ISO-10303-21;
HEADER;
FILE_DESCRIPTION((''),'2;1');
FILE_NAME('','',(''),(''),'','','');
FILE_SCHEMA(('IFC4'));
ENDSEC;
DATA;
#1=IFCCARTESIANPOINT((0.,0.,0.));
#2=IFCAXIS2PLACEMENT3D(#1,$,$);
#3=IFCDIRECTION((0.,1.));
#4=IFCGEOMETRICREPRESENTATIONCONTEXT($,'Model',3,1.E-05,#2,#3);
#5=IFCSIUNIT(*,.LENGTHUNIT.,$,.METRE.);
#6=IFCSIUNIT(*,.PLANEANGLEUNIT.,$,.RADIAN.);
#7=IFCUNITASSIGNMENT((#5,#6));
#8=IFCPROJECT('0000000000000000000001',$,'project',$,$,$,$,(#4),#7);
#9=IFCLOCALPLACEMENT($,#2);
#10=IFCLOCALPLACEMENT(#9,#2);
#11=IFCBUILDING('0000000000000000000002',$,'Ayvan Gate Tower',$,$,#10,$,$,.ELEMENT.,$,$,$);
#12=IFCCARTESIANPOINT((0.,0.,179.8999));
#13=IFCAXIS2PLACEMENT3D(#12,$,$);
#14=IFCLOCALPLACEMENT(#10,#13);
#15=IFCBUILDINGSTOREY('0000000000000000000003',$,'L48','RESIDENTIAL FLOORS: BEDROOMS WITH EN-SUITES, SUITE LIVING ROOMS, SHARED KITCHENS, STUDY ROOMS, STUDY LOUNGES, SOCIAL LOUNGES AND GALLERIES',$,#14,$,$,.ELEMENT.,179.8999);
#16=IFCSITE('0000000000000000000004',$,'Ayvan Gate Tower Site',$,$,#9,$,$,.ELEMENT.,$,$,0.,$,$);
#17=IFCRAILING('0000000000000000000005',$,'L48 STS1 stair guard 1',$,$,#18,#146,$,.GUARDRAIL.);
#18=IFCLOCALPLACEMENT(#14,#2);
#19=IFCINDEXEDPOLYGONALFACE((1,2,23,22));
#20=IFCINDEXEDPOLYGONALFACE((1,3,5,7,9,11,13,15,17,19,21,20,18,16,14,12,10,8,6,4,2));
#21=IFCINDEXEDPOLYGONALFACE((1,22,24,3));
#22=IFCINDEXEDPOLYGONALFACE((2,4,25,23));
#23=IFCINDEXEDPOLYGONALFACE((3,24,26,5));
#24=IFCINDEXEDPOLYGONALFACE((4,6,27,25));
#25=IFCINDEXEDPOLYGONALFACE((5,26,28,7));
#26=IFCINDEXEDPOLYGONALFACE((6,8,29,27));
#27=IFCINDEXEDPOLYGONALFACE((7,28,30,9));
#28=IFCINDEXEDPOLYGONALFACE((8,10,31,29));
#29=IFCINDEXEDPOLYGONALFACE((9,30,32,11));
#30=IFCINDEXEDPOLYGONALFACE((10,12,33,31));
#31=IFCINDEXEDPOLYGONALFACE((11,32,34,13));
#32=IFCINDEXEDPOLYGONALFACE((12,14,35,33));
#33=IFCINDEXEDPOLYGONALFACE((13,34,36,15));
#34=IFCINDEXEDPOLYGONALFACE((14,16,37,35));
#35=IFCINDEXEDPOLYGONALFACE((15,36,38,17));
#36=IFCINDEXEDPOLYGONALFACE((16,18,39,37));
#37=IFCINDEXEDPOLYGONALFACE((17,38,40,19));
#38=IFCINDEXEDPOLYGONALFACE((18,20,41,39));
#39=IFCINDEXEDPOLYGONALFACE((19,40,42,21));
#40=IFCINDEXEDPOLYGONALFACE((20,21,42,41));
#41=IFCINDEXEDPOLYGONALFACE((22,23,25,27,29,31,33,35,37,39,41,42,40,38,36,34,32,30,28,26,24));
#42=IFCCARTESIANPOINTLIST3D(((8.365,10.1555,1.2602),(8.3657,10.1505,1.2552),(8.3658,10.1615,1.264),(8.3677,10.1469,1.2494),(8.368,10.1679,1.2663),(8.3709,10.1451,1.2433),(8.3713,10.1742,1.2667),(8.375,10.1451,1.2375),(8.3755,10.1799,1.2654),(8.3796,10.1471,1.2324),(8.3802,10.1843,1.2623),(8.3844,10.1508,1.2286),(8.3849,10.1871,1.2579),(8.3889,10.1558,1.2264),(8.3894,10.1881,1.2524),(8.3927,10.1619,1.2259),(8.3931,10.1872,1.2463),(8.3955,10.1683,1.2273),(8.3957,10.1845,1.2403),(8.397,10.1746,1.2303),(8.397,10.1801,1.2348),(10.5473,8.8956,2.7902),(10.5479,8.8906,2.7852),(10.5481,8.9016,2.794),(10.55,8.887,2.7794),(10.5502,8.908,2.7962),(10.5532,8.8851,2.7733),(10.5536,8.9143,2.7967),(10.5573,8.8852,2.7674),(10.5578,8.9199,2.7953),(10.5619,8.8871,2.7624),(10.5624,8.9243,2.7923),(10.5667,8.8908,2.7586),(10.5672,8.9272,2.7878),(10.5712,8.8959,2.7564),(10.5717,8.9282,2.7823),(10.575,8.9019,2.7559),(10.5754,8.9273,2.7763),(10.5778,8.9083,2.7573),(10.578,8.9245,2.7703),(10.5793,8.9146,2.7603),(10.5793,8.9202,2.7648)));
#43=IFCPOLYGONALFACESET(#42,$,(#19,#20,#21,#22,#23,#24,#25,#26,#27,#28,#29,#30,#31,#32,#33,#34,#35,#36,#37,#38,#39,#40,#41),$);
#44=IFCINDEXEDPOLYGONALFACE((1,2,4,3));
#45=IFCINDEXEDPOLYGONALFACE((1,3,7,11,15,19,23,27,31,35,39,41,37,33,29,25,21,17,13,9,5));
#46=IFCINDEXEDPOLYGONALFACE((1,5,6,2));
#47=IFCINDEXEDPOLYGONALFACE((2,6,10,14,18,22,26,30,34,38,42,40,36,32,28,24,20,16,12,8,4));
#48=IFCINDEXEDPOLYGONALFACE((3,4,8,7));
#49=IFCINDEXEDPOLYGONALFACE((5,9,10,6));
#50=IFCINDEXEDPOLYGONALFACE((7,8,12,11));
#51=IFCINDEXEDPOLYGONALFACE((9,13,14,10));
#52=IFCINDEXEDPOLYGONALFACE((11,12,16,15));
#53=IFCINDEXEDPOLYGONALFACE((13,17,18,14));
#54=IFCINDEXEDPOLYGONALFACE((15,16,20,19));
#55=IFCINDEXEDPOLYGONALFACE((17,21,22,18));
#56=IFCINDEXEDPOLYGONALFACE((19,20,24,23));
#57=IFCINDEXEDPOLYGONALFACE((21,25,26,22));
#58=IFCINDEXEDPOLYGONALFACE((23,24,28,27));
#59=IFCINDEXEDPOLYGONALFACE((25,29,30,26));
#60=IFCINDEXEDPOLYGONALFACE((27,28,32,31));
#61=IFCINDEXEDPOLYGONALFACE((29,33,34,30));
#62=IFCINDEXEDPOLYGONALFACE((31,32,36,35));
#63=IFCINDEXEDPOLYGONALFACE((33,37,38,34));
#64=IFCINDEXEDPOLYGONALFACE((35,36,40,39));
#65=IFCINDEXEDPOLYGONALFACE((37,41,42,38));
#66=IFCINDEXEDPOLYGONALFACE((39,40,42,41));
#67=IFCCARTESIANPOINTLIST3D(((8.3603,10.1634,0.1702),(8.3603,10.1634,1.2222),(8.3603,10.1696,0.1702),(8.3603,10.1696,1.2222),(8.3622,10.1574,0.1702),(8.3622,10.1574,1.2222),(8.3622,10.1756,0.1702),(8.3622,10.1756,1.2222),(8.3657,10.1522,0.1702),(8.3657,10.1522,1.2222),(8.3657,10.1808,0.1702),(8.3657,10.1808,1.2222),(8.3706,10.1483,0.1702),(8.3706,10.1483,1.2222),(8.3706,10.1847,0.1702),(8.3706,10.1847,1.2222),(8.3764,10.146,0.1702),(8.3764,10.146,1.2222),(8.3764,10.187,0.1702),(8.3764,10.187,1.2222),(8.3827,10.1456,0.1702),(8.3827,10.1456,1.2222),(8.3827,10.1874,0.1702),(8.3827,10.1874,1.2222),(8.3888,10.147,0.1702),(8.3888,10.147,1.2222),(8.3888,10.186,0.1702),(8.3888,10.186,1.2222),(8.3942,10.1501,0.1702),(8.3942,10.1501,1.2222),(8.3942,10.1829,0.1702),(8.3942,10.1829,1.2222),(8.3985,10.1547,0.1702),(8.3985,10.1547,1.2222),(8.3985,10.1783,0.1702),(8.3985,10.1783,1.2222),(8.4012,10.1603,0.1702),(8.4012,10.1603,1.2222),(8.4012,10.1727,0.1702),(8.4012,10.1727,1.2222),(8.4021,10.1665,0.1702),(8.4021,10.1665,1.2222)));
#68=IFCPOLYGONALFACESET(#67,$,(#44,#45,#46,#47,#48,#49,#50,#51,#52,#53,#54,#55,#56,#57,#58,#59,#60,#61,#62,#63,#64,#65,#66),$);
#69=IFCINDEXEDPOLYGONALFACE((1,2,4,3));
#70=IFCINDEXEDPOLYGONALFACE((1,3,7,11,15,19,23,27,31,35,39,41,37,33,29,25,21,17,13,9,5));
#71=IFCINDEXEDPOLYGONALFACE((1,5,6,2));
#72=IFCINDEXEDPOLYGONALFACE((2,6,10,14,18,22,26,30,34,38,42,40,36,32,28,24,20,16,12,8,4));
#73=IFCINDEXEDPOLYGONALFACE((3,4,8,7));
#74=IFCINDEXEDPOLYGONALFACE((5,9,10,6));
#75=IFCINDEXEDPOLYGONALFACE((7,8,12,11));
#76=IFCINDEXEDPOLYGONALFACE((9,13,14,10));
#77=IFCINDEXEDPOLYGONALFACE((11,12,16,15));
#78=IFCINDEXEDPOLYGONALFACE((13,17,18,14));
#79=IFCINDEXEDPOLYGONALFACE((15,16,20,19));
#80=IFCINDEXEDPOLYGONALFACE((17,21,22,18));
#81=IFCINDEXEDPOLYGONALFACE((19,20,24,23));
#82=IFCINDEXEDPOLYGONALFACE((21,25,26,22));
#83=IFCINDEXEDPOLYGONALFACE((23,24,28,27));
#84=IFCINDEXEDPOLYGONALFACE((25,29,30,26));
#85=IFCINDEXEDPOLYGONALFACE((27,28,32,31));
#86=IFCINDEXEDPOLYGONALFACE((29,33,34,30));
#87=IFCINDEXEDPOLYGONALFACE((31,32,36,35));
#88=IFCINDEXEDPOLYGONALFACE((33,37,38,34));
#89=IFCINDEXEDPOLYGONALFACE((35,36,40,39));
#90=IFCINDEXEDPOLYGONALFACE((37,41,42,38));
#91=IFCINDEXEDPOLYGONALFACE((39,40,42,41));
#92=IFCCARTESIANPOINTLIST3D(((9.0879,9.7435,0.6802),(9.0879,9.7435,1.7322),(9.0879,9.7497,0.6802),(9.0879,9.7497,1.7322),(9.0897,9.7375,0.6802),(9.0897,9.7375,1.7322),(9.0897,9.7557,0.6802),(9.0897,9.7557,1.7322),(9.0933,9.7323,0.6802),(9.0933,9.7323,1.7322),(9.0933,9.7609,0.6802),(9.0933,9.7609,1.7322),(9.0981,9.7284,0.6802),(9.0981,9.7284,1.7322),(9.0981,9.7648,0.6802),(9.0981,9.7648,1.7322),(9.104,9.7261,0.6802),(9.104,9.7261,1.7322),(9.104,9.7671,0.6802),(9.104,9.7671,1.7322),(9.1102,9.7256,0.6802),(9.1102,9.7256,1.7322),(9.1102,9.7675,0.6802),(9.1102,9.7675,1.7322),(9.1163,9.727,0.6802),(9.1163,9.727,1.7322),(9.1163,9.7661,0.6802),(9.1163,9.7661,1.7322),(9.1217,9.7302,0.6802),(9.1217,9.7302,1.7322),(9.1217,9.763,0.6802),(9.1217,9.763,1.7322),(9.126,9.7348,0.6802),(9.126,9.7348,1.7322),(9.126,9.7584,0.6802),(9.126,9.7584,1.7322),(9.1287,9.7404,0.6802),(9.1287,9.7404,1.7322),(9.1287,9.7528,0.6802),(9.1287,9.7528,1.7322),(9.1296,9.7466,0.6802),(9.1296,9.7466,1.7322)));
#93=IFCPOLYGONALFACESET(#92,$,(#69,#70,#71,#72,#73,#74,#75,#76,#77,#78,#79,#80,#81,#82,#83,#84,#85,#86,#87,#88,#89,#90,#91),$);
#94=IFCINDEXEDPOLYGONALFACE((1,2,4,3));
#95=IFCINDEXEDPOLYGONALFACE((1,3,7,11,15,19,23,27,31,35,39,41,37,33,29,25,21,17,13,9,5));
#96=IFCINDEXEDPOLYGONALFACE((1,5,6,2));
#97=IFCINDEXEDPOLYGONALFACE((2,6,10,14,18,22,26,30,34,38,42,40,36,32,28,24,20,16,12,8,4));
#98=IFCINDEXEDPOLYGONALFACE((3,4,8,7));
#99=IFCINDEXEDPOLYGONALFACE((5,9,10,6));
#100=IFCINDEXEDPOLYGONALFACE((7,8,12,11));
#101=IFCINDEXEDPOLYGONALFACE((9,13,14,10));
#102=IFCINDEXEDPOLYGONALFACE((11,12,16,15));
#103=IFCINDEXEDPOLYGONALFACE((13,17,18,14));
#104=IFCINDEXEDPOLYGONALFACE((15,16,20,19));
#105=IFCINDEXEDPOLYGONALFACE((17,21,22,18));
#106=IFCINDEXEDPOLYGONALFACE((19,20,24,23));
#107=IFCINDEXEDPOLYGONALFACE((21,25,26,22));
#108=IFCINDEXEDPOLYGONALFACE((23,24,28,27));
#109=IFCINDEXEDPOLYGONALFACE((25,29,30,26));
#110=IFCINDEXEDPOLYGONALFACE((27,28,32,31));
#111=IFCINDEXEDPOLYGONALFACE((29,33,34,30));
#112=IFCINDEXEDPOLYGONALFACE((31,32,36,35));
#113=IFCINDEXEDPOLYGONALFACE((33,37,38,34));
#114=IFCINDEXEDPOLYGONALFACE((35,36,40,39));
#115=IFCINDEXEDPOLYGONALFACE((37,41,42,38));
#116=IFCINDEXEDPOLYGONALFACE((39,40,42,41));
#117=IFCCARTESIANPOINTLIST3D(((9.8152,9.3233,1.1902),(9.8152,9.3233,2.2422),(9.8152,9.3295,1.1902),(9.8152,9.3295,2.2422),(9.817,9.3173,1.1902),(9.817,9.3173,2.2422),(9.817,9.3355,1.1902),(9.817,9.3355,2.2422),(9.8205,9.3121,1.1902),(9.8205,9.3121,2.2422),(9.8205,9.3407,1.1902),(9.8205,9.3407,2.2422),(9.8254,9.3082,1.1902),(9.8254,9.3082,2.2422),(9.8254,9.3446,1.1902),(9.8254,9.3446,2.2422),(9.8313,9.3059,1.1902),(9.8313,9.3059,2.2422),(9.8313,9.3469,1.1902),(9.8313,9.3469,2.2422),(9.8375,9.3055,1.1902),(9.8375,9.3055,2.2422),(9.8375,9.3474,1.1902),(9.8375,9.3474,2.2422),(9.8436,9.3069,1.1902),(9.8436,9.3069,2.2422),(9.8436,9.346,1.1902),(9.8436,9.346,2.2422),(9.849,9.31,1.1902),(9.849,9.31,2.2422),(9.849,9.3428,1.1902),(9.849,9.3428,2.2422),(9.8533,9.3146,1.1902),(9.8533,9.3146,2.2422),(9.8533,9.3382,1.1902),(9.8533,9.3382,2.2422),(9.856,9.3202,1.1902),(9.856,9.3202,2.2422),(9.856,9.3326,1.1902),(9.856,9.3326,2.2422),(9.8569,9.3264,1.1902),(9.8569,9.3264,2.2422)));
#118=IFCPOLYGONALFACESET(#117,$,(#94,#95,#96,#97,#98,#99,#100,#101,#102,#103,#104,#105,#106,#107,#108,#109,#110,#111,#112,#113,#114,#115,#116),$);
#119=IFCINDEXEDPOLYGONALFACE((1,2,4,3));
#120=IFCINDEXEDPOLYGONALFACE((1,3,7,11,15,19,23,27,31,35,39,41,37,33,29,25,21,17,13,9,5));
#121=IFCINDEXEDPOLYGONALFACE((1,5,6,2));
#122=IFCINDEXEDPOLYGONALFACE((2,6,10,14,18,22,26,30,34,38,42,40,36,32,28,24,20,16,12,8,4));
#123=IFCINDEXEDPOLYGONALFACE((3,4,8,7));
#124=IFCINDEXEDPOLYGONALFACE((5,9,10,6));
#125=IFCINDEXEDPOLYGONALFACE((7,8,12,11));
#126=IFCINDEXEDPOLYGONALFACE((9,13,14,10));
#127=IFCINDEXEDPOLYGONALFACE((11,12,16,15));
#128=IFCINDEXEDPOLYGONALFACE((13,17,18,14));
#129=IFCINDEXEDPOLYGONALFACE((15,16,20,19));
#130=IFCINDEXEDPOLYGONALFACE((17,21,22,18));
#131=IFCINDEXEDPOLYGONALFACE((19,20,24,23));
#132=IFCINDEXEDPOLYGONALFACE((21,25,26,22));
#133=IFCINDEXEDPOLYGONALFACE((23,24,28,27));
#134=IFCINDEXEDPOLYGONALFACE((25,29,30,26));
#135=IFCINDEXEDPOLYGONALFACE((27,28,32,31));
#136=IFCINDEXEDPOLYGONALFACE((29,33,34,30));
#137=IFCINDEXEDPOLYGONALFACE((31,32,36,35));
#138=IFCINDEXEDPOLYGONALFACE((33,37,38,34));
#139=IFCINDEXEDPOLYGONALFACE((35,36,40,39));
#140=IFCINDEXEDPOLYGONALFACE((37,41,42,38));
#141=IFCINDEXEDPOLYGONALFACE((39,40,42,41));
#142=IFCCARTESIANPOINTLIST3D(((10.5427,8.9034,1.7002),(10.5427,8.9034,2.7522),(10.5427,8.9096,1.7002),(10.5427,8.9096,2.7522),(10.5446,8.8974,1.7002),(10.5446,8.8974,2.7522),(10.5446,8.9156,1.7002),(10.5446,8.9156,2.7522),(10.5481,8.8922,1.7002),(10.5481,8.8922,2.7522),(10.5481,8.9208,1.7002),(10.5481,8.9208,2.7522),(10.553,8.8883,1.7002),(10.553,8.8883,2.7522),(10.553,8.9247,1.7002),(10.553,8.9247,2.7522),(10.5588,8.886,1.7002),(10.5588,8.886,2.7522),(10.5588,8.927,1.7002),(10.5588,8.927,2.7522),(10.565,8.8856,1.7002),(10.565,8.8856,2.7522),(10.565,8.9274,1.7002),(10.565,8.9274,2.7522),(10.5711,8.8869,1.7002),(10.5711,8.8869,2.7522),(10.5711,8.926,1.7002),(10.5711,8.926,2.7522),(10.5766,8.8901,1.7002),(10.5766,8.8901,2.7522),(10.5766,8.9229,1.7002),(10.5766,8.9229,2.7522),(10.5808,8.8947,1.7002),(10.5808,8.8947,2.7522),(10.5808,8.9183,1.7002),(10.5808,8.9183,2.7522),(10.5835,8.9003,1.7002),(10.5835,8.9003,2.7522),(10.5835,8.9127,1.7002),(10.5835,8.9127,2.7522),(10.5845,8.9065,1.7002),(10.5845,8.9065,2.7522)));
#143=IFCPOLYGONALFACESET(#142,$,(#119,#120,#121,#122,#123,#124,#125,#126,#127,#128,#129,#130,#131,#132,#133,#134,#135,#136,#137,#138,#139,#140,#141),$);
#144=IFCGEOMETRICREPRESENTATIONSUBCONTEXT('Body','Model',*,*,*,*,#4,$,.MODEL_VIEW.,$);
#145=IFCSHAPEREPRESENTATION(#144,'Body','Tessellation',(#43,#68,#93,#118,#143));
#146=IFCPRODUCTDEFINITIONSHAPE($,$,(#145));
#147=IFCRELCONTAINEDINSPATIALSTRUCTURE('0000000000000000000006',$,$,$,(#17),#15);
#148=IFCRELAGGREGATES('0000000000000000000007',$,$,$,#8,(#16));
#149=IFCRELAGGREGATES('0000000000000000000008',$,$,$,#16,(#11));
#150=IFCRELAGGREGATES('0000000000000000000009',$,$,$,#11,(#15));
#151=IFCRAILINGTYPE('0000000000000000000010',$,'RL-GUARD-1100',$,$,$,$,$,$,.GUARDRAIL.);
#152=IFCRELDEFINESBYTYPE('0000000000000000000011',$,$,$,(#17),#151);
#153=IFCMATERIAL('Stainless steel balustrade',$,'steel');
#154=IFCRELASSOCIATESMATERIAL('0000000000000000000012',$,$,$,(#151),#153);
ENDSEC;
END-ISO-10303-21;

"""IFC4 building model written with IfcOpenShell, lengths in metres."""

from ifc_helpers import new_model, si_unit, direction, frame, origin, origin_2d, place, context, subcontext, project, spatial, circle, extrude, material, type_object, element, save


model = new_model("IFC4")

# Units and contexts
model_context = context("Model", 3, precision=1e-05, world=origin(), true_north=direction((0.0, 1.0)))
body_context = subcontext(model_context, "Body", "Model", "MODEL_VIEW")
ifc_project = project(units=[si_unit("LENGTHUNIT", "METRE"), si_unit("PLANEANGLEUNIT", "RADIAN")], contexts=[model_context])

# Site, building, storey
site_placement = place(None, origin())
site = spatial("IfcSite", under=ifc_project, at=site_placement, Name="Ayvan Gate Tower Site", CompositionType="ELEMENT", RefElevation=0.0)
building_placement = place(site_placement, origin())
building = spatial("IfcBuilding", under=site, at=building_placement, Name="Ayvan Gate Tower", CompositionType="ELEMENT")
storey_placement = place(building_placement, frame((0.0, 0.0, 179.8999)))
storey = spatial("IfcBuildingStorey", under=building, at=storey_placement, Name="L48", Description="RESIDENTIAL FLOORS: BEDROOMS WITH EN-SUITES, SUITE LIVING ROOMS, SHARED KITCHENS, STUDY ROOMS, STUDY LOUNGES, SOCIAL LOUNGES AND GALLERIES", CompositionType="ELEMENT", Elevation=179.8999)

# Railing
ifc_material_1 = material(Name="Stainless steel balustrade", Category="steel")
railing_type_1 = type_object("IfcRailingType", Name="RL-GUARD-1100", PredefinedType="GUARDRAIL", material=ifc_material_1)
railing_1_placement = place(storey_placement, frame((8.3811, 10.1665, 0.1702)))
element("IfcRailing", 1, at=railing_1_placement, inside=storey, type_object=railing_type_1, Name="L48 STS1 stair guard 1", PredefinedType="GUARDRAIL", context=body_context, shape_type="SweptSolid", body=[
    extrude(circle(Radius=0.0239, at=origin_2d()), frame((0.0, 0.0, 1.0762), z_axis=(0.740261, -0.427395, 0.518986), x_axis=(0.500005, 0.866023, 0.0)), (0.0, 0.0, 1.0), 2.948),
    extrude(circle(Radius=0.021, at=origin_2d()), origin(), (0.0, 0.0, 1.0), 1.052),
    extrude(circle(Radius=0.021, at=origin_2d()), frame((0.7275, -0.4199, 0.51)), (0.0, 0.0, 1.0), 1.052),
    extrude(circle(Radius=0.021, at=origin_2d()), frame((1.4548, -0.8401, 1.02)), (0.0, 0.0, 1.0), 1.052),
    extrude(circle(Radius=0.021, at=origin_2d()), frame((2.1824, -1.26, 1.53)), (0.0, 0.0, 1.0), 1.052),
])

save(model, "model.ifc")
